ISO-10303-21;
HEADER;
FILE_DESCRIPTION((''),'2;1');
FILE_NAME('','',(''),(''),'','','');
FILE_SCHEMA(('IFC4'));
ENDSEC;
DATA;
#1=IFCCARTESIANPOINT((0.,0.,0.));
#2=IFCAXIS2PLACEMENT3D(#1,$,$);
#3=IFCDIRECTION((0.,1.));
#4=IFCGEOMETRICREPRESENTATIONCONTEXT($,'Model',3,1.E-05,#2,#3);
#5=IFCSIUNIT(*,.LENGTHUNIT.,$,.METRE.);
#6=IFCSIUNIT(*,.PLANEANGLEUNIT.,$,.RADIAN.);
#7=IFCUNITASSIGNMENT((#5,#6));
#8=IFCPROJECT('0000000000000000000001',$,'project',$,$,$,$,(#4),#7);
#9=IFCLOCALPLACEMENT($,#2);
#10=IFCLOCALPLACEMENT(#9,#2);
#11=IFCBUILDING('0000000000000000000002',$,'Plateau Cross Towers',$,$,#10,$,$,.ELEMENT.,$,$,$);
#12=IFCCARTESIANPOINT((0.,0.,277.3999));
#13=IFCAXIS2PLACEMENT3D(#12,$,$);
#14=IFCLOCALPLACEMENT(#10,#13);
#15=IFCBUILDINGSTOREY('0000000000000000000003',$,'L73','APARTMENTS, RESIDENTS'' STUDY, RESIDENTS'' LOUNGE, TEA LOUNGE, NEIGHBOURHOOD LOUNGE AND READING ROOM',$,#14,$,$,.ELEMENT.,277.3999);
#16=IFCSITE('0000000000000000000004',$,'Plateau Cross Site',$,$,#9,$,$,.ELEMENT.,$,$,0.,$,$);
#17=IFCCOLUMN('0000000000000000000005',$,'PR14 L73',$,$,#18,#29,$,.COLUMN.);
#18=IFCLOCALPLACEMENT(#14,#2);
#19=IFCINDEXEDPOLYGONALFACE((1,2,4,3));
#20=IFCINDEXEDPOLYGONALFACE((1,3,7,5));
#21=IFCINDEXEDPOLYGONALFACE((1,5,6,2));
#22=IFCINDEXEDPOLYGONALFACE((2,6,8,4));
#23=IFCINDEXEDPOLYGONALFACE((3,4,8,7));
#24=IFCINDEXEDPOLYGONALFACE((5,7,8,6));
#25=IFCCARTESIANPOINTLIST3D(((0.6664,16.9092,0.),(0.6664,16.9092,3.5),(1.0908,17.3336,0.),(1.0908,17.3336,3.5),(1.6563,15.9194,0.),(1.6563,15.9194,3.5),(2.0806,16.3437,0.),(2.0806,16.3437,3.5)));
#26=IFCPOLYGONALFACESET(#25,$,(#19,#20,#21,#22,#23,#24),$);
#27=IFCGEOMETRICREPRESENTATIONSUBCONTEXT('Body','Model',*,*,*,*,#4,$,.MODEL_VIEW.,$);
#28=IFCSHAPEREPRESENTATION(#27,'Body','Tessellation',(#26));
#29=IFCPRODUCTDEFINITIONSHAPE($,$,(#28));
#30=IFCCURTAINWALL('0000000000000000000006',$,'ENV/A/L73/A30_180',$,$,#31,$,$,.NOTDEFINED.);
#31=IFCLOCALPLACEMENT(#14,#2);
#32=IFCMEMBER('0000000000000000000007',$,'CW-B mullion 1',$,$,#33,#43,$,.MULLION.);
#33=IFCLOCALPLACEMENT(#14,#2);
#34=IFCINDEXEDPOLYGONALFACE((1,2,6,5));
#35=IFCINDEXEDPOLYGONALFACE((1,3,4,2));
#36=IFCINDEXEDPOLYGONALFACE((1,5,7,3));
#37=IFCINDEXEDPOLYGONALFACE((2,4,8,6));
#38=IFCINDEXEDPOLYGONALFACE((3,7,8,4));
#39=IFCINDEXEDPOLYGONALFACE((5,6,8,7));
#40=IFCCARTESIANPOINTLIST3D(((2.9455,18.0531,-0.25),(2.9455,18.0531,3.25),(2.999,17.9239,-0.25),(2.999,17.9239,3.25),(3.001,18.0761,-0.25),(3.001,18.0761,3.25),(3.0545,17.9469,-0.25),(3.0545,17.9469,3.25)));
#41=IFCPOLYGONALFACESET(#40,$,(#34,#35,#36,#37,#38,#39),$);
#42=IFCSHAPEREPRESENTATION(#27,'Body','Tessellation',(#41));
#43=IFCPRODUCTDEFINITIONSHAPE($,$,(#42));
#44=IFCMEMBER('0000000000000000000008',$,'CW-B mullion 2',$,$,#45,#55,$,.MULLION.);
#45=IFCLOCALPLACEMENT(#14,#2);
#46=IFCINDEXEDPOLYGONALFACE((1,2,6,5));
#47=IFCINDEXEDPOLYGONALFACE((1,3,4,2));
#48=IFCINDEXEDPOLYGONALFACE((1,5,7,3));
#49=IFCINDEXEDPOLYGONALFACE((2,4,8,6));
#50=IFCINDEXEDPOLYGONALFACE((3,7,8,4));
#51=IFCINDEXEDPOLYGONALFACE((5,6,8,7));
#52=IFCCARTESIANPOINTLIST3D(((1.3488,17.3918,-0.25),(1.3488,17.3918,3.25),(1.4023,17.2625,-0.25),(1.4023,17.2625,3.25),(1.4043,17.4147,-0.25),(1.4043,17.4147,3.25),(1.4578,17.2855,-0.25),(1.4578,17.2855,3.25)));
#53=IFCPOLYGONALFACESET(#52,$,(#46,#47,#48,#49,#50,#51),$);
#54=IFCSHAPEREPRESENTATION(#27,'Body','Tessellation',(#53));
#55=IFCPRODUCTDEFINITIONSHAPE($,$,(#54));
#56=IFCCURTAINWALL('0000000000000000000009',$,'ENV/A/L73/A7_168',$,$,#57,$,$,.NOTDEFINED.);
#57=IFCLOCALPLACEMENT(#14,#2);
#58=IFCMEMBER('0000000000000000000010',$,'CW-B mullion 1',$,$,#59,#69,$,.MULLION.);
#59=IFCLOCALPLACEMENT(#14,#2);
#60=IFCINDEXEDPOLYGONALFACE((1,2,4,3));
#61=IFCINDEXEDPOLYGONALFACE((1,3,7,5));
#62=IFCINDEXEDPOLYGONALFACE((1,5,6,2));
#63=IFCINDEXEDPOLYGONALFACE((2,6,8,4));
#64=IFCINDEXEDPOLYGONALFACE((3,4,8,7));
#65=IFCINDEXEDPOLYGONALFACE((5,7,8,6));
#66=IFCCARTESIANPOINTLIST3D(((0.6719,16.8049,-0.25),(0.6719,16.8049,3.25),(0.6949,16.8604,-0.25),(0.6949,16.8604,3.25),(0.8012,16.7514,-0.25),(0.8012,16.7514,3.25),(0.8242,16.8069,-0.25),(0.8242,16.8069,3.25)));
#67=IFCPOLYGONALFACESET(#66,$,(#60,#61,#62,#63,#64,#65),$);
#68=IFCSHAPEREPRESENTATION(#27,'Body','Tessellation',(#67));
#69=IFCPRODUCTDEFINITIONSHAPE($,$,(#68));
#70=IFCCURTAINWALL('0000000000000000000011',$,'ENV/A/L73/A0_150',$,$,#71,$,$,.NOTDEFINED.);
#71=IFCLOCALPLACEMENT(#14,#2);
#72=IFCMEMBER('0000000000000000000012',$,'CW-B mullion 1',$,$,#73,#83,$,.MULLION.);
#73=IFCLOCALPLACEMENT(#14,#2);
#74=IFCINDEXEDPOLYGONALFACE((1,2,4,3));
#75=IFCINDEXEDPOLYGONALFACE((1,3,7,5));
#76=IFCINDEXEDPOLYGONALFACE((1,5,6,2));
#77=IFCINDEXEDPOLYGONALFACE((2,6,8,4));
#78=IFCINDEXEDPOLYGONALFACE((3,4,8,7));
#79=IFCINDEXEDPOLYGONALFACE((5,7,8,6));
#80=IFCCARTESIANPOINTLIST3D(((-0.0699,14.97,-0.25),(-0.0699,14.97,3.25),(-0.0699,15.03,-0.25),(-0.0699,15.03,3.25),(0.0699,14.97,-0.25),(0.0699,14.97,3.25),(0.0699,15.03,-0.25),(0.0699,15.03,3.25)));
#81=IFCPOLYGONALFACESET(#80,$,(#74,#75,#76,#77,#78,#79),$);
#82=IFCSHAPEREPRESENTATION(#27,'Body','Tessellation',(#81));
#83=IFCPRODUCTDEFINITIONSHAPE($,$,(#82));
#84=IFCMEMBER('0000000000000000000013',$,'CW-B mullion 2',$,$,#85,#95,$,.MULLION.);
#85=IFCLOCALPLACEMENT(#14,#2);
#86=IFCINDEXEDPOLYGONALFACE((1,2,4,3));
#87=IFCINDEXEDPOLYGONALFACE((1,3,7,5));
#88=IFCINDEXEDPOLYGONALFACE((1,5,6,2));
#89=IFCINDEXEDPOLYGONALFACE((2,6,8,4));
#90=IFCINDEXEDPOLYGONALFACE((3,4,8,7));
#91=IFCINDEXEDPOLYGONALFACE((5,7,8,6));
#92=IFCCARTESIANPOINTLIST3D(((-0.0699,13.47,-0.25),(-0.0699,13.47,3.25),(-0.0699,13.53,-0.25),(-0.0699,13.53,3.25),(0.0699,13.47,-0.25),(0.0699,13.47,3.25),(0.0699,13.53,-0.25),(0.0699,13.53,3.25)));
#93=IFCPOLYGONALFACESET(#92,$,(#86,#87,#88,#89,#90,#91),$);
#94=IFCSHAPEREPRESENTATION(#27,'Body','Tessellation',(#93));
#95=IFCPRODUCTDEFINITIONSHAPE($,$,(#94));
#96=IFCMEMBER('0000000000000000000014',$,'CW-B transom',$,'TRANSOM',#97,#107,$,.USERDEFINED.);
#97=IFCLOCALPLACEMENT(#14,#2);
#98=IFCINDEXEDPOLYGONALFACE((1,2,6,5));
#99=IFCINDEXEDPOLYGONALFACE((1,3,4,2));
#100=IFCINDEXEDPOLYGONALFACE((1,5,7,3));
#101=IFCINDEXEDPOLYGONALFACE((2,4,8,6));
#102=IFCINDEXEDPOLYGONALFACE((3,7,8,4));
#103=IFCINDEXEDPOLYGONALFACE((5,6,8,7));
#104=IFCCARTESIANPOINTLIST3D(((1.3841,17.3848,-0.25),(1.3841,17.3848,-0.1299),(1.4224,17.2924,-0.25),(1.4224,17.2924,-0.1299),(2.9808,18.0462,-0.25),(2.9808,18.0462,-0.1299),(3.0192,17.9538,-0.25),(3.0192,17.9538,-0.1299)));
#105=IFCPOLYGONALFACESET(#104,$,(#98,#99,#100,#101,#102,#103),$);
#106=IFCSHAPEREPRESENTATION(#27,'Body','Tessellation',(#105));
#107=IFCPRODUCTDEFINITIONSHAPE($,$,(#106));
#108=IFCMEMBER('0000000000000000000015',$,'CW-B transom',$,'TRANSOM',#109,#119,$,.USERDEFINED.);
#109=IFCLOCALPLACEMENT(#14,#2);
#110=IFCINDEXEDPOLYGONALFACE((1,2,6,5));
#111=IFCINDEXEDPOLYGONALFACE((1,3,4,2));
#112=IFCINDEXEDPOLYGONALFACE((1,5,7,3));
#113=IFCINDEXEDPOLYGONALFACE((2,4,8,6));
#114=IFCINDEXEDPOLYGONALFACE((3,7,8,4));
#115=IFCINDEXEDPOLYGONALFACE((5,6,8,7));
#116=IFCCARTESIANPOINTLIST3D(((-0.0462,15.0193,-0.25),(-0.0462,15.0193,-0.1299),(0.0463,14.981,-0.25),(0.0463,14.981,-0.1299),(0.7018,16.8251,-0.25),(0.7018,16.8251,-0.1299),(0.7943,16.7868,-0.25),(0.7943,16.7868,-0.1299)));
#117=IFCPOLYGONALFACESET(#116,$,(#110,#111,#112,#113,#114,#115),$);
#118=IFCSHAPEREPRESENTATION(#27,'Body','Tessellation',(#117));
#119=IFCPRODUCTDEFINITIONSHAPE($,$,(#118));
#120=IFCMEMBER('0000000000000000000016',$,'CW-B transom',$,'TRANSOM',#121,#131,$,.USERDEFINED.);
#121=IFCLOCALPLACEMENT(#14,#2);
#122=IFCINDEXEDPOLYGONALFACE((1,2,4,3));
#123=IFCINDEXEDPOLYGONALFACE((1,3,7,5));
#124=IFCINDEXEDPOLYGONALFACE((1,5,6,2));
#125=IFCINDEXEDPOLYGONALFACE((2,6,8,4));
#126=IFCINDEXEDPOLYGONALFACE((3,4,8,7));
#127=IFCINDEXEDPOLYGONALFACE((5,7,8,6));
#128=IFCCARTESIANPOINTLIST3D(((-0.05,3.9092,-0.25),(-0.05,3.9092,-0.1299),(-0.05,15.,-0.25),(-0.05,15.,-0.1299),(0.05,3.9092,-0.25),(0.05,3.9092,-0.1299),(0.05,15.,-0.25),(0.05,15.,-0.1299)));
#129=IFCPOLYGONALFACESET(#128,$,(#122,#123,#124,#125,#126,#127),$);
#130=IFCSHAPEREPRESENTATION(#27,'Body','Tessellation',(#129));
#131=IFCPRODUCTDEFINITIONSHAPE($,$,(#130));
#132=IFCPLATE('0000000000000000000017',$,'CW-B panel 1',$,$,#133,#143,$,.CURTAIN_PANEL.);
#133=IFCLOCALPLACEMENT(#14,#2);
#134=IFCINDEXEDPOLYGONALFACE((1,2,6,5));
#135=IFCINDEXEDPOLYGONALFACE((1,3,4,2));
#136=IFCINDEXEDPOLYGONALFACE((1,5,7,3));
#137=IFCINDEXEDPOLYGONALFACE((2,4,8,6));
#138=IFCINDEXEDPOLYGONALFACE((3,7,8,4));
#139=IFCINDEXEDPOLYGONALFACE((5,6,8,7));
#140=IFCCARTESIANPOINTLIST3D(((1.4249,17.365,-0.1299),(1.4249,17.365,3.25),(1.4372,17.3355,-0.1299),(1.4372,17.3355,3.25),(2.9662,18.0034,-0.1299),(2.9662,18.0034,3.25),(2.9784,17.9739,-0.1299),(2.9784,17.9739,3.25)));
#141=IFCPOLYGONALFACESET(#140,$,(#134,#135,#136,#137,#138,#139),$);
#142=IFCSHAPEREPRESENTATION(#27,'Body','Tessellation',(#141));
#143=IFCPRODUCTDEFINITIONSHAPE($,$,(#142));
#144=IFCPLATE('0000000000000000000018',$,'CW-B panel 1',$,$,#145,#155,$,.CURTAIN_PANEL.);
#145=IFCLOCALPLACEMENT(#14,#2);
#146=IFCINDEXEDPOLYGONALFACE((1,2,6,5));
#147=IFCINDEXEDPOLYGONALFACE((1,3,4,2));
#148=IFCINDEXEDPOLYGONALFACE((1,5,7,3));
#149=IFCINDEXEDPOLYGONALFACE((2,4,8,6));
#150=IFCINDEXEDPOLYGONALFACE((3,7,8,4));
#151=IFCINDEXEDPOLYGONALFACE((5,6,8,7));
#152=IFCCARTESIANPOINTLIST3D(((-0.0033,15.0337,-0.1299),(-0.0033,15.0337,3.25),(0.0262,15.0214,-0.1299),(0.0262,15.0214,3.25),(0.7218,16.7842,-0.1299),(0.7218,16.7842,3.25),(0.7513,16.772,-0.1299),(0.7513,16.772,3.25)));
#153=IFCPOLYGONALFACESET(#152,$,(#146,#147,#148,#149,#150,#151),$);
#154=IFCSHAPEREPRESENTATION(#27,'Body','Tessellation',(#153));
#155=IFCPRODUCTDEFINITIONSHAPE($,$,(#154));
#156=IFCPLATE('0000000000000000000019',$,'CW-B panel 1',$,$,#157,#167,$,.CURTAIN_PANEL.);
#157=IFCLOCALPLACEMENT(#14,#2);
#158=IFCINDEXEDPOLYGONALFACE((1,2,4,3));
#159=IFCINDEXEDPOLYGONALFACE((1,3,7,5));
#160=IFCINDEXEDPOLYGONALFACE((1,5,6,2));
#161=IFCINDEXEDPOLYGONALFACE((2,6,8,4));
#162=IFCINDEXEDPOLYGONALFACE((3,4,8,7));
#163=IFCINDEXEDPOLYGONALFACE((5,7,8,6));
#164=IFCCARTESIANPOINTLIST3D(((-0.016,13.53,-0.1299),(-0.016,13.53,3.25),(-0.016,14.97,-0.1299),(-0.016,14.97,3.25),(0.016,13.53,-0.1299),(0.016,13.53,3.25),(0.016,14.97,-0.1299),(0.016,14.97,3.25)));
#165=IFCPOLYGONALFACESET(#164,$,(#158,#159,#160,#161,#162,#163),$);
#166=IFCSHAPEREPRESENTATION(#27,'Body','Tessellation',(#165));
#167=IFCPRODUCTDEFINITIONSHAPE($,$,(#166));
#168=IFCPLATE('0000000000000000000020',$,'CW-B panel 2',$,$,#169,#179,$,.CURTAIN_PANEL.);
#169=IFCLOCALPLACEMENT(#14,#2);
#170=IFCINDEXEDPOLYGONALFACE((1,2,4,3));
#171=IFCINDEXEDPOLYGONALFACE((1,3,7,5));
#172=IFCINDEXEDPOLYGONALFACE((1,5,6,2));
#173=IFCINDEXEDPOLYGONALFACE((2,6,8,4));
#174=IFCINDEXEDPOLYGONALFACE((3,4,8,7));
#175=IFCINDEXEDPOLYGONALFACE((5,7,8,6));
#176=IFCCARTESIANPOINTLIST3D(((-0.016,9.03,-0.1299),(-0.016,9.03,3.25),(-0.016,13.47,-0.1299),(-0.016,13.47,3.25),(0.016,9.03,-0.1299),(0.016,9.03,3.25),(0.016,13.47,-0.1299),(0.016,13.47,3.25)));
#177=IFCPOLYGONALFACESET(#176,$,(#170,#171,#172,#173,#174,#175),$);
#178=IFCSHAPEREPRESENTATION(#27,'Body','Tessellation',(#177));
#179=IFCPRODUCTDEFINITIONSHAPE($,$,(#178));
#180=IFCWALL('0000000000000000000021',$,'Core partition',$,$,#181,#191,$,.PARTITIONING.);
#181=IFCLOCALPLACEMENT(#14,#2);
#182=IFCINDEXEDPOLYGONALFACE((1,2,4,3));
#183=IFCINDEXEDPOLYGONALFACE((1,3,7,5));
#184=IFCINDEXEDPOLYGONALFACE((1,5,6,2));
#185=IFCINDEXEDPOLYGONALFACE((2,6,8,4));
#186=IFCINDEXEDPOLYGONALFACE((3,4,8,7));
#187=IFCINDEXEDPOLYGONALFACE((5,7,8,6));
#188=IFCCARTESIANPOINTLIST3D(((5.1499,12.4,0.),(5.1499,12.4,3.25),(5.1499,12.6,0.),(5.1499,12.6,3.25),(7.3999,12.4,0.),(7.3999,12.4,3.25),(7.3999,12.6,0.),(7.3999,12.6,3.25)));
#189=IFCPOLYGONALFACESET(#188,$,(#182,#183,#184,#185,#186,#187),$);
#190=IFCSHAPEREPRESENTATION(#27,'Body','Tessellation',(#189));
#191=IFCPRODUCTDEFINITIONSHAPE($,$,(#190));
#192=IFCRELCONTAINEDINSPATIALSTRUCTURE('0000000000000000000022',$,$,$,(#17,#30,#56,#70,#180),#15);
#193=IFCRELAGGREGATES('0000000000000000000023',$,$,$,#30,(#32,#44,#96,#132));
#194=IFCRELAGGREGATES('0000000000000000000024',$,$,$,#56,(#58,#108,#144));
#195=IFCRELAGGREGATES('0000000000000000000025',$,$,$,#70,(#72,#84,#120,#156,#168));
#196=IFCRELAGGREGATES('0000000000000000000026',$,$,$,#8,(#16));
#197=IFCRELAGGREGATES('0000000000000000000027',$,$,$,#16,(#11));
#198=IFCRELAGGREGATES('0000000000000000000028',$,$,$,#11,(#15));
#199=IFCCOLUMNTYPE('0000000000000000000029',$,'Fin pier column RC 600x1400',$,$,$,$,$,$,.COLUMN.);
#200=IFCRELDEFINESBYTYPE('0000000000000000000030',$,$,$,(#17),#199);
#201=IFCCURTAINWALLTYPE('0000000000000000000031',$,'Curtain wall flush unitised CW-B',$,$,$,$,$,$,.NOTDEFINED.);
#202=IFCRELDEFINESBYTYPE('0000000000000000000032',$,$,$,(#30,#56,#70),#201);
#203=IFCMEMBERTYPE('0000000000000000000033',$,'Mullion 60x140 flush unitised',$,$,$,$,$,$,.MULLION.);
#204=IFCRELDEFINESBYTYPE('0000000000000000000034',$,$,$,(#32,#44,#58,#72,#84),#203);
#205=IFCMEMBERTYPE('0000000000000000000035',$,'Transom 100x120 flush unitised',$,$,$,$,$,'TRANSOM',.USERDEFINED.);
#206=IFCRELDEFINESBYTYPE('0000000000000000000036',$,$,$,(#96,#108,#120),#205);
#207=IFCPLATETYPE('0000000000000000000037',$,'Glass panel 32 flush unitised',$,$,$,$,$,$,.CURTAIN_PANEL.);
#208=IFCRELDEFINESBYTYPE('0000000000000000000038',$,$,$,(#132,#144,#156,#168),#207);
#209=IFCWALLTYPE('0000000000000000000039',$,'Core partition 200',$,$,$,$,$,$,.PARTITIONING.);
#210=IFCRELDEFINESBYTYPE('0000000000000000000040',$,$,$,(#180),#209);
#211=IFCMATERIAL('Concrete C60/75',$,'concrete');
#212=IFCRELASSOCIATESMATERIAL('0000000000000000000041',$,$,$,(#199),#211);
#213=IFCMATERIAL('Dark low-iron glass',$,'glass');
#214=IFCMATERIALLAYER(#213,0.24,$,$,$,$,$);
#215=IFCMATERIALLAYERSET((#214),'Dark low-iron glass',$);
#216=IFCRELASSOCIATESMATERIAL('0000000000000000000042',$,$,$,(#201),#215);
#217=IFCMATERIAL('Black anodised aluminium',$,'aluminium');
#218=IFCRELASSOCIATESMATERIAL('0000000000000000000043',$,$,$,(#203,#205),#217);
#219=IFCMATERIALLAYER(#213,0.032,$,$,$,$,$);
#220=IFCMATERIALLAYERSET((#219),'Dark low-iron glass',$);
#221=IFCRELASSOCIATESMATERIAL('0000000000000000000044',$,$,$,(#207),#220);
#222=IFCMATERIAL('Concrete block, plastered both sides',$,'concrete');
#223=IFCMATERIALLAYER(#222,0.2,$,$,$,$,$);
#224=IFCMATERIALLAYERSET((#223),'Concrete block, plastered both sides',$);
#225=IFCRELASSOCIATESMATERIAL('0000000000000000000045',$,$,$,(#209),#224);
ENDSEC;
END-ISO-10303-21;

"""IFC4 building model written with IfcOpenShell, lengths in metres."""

from ifc_helpers import new_model, si_unit, direction, frame, frame_2d, origin, origin_2d, place, context, subcontext, project, spatial, rectangle, extrude, material, layer, layer_set, material_profile, profile_set, type_object, element, aggregate, save


model = new_model("IFC4")

# Units and contexts
model_context = context("Model", 3, precision=1e-05, world=origin(), true_north=direction((0.0, 1.0)))
body_context = subcontext(model_context, "Body", "Model", "MODEL_VIEW")
ifc_project = project(units=[si_unit("LENGTHUNIT", "METRE"), si_unit("PLANEANGLEUNIT", "RADIAN")], contexts=[model_context])

# Site, building, storey
site_placement = place(None, origin())
site = spatial("IfcSite", under=ifc_project, at=site_placement, Name="Plateau Cross Site", CompositionType="ELEMENT", RefElevation=0.0)
building_placement = place(site_placement, origin())
building = spatial("IfcBuilding", under=site, at=building_placement, Name="Plateau Cross Towers", CompositionType="ELEMENT")
storey_placement = place(building_placement, frame((0.0, 0.0, 277.3999)))
storey = spatial("IfcBuildingStorey", under=building, at=storey_placement, Name="L73", Description="APARTMENTS, RESIDENTS' STUDY, RESIDENTS' LOUNGE, TEA LOUNGE, NEIGHBOURHOOD LOUNGE AND READING ROOM", CompositionType="ELEMENT", Elevation=277.3999)

# Column
ifc_material_1 = material(Name="Concrete C60/75", Category="concrete")
ifc_material_profile_1 = material_profile(ifc_material_1, rectangle(XDim=0.6001, YDim=1.3999, at=origin_2d()), Name="RC 600x1400")
ifc_profile_set_1 = profile_set([ifc_material_profile_1], Name="Concrete C60/75")
column_type = type_object("IfcColumnType", Name="Fin pier column RC 600x1400", PredefinedType="COLUMN", material=ifc_profile_set_1)
column_placement = place(storey_placement, frame((1.3735, 16.6265, 0.0), z_axis=(0.0, 0.0, 1.0), x_axis=(0.707107, 0.707107, 0.0)))
element("IfcColumn", 1, at=column_placement, inside=storey, type_object=column_type, Name="PR14 L73", PredefinedType="COLUMN", context=body_context, shape_type="SweptSolid", body=[
    extrude(rectangle(XDim=0.6001, YDim=1.3999, at=origin_2d()), origin(), (0.0, 0.0, 1.0), 3.5),
])

# Curtain wall, members
ifc_material_2 = material(Name="Dark low-iron glass", Category="glass")
ifc_layer_1 = layer(ifc_material_2, 0.24)
ifc_layer_set_1 = layer_set([ifc_layer_1], Name="Dark low-iron glass")
curtain_wall_type = type_object("IfcCurtainWallType", Name="Curtain wall flush unitised CW-B", PredefinedType="NOTDEFINED", material=ifc_layer_set_1)
curtain_wall_1_placement = place(storey_placement, origin())
curtain_wall_1 = element("IfcCurtainWall", 2, at=curtain_wall_1_placement, inside=storey, type_object=curtain_wall_type, Name="ENV/A/L73/A30_180", PredefinedType="NOTDEFINED")
ifc_material_3 = material(Name="Black anodised aluminium", Category="aluminium")
ifc_material_profile_2 = material_profile(ifc_material_3, rectangle(XDim=0.0601, YDim=0.1399, at=origin_2d()), Name="MULLION 60x140")
ifc_profile_set_2 = profile_set([ifc_material_profile_2], Name="Black anodised aluminium")
member_type_1 = type_object("IfcMemberType", Name="Mullion 60x140 flush unitised", PredefinedType="MULLION", material=ifc_profile_set_2)
member_1_placement = place(storey_placement, frame((3.0, 18.0, -0.25), z_axis=(0.0, 0.0, 1.0), x_axis=(-0.923879, -0.382684, 0.0)))
member_1 = element("IfcMember", 3, at=member_1_placement, type_object=member_type_1, Name="CW-B mullion 1", PredefinedType="MULLION", context=body_context, shape_type="SweptSolid", body=[
    extrude(rectangle(XDim=0.0601, YDim=0.1399, at=origin_2d()), origin(), (0.0, 0.0, 1.0), 3.5),
])
member_2_placement = place(storey_placement, frame((1.4033, 17.3386, -0.25), z_axis=(0.0, 0.0, 1.0), x_axis=(-0.923879, -0.382684, 0.0)))
member_2 = element("IfcMember", 4, at=member_2_placement, type_object=member_type_1, Name="CW-B mullion 2", PredefinedType="MULLION", context=body_context, shape_type="SweptSolid", body=[
    extrude(rectangle(XDim=0.0601, YDim=0.1399, at=origin_2d()), origin(), (0.0, 0.0, 1.0), 3.5),
])

# Curtain wall, member
curtain_wall_2_placement = place(storey_placement, origin())
curtain_wall_2 = element("IfcCurtainWall", 5, at=curtain_wall_2_placement, inside=storey, type_object=curtain_wall_type, Name="ENV/A/L73/A7_168", PredefinedType="NOTDEFINED")
member_3_placement = place(storey_placement, frame((0.748, 16.8059, -0.25), z_axis=(0.0, 0.0, 1.0), x_axis=(-0.382684, -0.923879, 0.0)))
member_3 = element("IfcMember", 6, at=member_3_placement, type_object=member_type_1, Name="CW-B mullion 1", PredefinedType="MULLION", context=body_context, shape_type="SweptSolid", body=[
    extrude(rectangle(XDim=0.0601, YDim=0.1399, at=origin_2d()), origin(), (0.0, 0.0, 1.0), 3.5),
])

# Curtain wall, members
curtain_wall_3_placement = place(storey_placement, origin())
curtain_wall_3 = element("IfcCurtainWall", 7, at=curtain_wall_3_placement, inside=storey, type_object=curtain_wall_type, Name="ENV/A/L73/A0_150", PredefinedType="NOTDEFINED")
member_4_placement = place(storey_placement, frame((0.0, 15.0, -0.25), z_axis=(0.0, 0.0, 1.0), x_axis=(0.0, -1.0, 0.0)))
member_4 = element("IfcMember", 8, at=member_4_placement, type_object=member_type_1, Name="CW-B mullion 1", PredefinedType="MULLION", context=body_context, shape_type="SweptSolid", body=[
    extrude(rectangle(XDim=0.0601, YDim=0.1399, at=origin_2d()), origin(), (0.0, 0.0, 1.0), 3.5),
])
member_5_placement = place(storey_placement, frame((0.0, 13.5, -0.25), z_axis=(0.0, 0.0, 1.0), x_axis=(0.0, -1.0, 0.0)))
member_5 = element("IfcMember", 9, at=member_5_placement, type_object=member_type_1, Name="CW-B mullion 2", PredefinedType="MULLION", context=body_context, shape_type="SweptSolid", body=[
    extrude(rectangle(XDim=0.0601, YDim=0.1399, at=origin_2d()), origin(), (0.0, 0.0, 1.0), 3.5),
])

# Members
ifc_material_profile_3 = material_profile(ifc_material_3, rectangle(XDim=0.1001, YDim=0.1201, at=origin_2d()), Name="TRANSOM 100x120")
ifc_profile_set_3 = profile_set([ifc_material_profile_3], Name="Black anodised aluminium")
member_type_2 = type_object("IfcMemberType", Name="Transom 100x120 flush unitised", ElementType="TRANSOM", PredefinedType="USERDEFINED", material=ifc_profile_set_3)
member_6_placement = place(storey_placement, frame((3.0, 18.0, -0.1899), z_axis=(-0.923877, -0.382689, 0.0), x_axis=(0.382689, -0.923877, 0.0)))
member_6 = element("IfcMember", 10, at=member_6_placement, type_object=member_type_2, Name="CW-B transom", ObjectType="TRANSOM", PredefinedType="USERDEFINED", context=body_context, shape_type="SweptSolid", body=[
    extrude(rectangle(XDim=0.1001, YDim=0.1201, at=origin_2d()), origin(), (0.0, 0.0, 1.0), 1.7283),
])
member_7_placement = place(storey_placement, frame((0.748, 16.8059, -0.1899), z_axis=(-0.38269, -0.923877, 0.0), x_axis=(0.923877, -0.38269, 0.0)))
member_7 = element("IfcMember", 11, at=member_7_placement, type_object=member_type_2, Name="CW-B transom", ObjectType="TRANSOM", PredefinedType="USERDEFINED", context=body_context, shape_type="SweptSolid", body=[
    extrude(rectangle(XDim=0.1001, YDim=0.1201, at=origin_2d()), origin(), (0.0, 0.0, 1.0), 1.9546),
])
member_8_placement = place(storey_placement, frame((0.0, 15.0, -0.1899), z_axis=(0.0, -1.0, 0.0), x_axis=(1.0, 0.0, 0.0)))
member_8 = element("IfcMember", 12, at=member_8_placement, type_object=member_type_2, Name="CW-B transom", ObjectType="TRANSOM", PredefinedType="USERDEFINED", context=body_context, shape_type="SweptSolid", body=[
    extrude(rectangle(XDim=0.1001, YDim=0.1201, at=origin_2d()), origin(), (0.0, 0.0, 1.0), 11.0908),
])

# Plates
ifc_layer_2 = layer(ifc_material_2, 0.032)
ifc_layer_set_2 = layer_set([ifc_layer_2], Name="Dark low-iron glass")
plate_type = type_object("IfcPlateType", Name="Glass panel 32 flush unitised", PredefinedType="CURTAIN_PANEL", material=ifc_layer_set_2)
plate_1_placement = place(storey_placement, frame((2.2017, 17.6694, -0.1299), z_axis=(0.0, 0.0, 1.0), x_axis=(-0.923879, -0.382684, 0.0)))
plate_1 = element("IfcPlate", 13, at=plate_1_placement, type_object=plate_type, Name="CW-B panel 1", PredefinedType="CURTAIN_PANEL", context=body_context, shape_type="SweptSolid", body=[
    extrude(rectangle(XDim=1.6682, YDim=0.032, at=origin_2d()), origin(), (0.0, 0.0, 1.0), 3.3799),
])
aggregate(curtain_wall_1, [member_1, member_2, member_6, plate_1])
plate_2_placement = place(storey_placement, frame((0.374, 15.9028, -0.1299), z_axis=(0.0, 0.0, 1.0), x_axis=(-0.382684, -0.923879, 0.0)))
plate_2 = element("IfcPlate", 14, at=plate_2_placement, type_object=plate_type, Name="CW-B panel 1", PredefinedType="CURTAIN_PANEL", context=body_context, shape_type="SweptSolid", body=[
    extrude(rectangle(XDim=1.8948, YDim=0.032, at=origin_2d()), origin(), (0.0, 0.0, 1.0), 3.3799),
])
aggregate(curtain_wall_2, [member_3, member_7, plate_2])
plate_3_placement = place(storey_placement, frame((0.0, 14.25, -0.1299), z_axis=(0.0, 0.0, 1.0), x_axis=(0.0, -1.0, 0.0)))
plate_3 = element("IfcPlate", 15, at=plate_3_placement, type_object=plate_type, Name="CW-B panel 1", PredefinedType="CURTAIN_PANEL", context=body_context, shape_type="SweptSolid", body=[
    extrude(rectangle(XDim=1.4399, YDim=0.032, at=origin_2d()), origin(), (0.0, 0.0, 1.0), 3.3799),
])
plate_4_placement = place(storey_placement, frame((0.0, 11.25, -0.1299), z_axis=(0.0, 0.0, 1.0), x_axis=(0.0, -1.0, 0.0)))
plate_4 = element("IfcPlate", 16, at=plate_4_placement, type_object=plate_type, Name="CW-B panel 2", PredefinedType="CURTAIN_PANEL", context=body_context, shape_type="SweptSolid", body=[
    extrude(rectangle(XDim=4.4399, YDim=0.032, at=origin_2d()), origin(), (0.0, 0.0, 1.0), 3.3799),
])
aggregate(curtain_wall_3, [member_4, member_5, member_8, plate_3, plate_4])

# Wall
ifc_material_4 = material(Name="Concrete block, plastered both sides", Category="concrete")
ifc_layer_3 = layer(ifc_material_4, 0.2)
ifc_layer_set_3 = layer_set([ifc_layer_3], Name="Concrete block, plastered both sides")
wall_type_1 = type_object("IfcWallType", Name="Core partition 200", PredefinedType="PARTITIONING", material=ifc_layer_set_3)
wall_1_placement = place(storey_placement, frame((5.1499, 12.5, 0.0), z_axis=(0.0, 0.0, 1.0), x_axis=(1.0, 0.0, 0.0)))
element("IfcWall", 17, at=wall_1_placement, inside=storey, type_object=wall_type_1, Name="Core partition", PredefinedType="PARTITIONING", context=body_context, shape_type="SweptSolid", body=[
    extrude(rectangle(XDim=2.25, YDim=0.2, at=frame_2d((1.125, 0.0))), origin(), (0.0, 0.0, 1.0), 3.25),
])

save(model, "model.ifc")
